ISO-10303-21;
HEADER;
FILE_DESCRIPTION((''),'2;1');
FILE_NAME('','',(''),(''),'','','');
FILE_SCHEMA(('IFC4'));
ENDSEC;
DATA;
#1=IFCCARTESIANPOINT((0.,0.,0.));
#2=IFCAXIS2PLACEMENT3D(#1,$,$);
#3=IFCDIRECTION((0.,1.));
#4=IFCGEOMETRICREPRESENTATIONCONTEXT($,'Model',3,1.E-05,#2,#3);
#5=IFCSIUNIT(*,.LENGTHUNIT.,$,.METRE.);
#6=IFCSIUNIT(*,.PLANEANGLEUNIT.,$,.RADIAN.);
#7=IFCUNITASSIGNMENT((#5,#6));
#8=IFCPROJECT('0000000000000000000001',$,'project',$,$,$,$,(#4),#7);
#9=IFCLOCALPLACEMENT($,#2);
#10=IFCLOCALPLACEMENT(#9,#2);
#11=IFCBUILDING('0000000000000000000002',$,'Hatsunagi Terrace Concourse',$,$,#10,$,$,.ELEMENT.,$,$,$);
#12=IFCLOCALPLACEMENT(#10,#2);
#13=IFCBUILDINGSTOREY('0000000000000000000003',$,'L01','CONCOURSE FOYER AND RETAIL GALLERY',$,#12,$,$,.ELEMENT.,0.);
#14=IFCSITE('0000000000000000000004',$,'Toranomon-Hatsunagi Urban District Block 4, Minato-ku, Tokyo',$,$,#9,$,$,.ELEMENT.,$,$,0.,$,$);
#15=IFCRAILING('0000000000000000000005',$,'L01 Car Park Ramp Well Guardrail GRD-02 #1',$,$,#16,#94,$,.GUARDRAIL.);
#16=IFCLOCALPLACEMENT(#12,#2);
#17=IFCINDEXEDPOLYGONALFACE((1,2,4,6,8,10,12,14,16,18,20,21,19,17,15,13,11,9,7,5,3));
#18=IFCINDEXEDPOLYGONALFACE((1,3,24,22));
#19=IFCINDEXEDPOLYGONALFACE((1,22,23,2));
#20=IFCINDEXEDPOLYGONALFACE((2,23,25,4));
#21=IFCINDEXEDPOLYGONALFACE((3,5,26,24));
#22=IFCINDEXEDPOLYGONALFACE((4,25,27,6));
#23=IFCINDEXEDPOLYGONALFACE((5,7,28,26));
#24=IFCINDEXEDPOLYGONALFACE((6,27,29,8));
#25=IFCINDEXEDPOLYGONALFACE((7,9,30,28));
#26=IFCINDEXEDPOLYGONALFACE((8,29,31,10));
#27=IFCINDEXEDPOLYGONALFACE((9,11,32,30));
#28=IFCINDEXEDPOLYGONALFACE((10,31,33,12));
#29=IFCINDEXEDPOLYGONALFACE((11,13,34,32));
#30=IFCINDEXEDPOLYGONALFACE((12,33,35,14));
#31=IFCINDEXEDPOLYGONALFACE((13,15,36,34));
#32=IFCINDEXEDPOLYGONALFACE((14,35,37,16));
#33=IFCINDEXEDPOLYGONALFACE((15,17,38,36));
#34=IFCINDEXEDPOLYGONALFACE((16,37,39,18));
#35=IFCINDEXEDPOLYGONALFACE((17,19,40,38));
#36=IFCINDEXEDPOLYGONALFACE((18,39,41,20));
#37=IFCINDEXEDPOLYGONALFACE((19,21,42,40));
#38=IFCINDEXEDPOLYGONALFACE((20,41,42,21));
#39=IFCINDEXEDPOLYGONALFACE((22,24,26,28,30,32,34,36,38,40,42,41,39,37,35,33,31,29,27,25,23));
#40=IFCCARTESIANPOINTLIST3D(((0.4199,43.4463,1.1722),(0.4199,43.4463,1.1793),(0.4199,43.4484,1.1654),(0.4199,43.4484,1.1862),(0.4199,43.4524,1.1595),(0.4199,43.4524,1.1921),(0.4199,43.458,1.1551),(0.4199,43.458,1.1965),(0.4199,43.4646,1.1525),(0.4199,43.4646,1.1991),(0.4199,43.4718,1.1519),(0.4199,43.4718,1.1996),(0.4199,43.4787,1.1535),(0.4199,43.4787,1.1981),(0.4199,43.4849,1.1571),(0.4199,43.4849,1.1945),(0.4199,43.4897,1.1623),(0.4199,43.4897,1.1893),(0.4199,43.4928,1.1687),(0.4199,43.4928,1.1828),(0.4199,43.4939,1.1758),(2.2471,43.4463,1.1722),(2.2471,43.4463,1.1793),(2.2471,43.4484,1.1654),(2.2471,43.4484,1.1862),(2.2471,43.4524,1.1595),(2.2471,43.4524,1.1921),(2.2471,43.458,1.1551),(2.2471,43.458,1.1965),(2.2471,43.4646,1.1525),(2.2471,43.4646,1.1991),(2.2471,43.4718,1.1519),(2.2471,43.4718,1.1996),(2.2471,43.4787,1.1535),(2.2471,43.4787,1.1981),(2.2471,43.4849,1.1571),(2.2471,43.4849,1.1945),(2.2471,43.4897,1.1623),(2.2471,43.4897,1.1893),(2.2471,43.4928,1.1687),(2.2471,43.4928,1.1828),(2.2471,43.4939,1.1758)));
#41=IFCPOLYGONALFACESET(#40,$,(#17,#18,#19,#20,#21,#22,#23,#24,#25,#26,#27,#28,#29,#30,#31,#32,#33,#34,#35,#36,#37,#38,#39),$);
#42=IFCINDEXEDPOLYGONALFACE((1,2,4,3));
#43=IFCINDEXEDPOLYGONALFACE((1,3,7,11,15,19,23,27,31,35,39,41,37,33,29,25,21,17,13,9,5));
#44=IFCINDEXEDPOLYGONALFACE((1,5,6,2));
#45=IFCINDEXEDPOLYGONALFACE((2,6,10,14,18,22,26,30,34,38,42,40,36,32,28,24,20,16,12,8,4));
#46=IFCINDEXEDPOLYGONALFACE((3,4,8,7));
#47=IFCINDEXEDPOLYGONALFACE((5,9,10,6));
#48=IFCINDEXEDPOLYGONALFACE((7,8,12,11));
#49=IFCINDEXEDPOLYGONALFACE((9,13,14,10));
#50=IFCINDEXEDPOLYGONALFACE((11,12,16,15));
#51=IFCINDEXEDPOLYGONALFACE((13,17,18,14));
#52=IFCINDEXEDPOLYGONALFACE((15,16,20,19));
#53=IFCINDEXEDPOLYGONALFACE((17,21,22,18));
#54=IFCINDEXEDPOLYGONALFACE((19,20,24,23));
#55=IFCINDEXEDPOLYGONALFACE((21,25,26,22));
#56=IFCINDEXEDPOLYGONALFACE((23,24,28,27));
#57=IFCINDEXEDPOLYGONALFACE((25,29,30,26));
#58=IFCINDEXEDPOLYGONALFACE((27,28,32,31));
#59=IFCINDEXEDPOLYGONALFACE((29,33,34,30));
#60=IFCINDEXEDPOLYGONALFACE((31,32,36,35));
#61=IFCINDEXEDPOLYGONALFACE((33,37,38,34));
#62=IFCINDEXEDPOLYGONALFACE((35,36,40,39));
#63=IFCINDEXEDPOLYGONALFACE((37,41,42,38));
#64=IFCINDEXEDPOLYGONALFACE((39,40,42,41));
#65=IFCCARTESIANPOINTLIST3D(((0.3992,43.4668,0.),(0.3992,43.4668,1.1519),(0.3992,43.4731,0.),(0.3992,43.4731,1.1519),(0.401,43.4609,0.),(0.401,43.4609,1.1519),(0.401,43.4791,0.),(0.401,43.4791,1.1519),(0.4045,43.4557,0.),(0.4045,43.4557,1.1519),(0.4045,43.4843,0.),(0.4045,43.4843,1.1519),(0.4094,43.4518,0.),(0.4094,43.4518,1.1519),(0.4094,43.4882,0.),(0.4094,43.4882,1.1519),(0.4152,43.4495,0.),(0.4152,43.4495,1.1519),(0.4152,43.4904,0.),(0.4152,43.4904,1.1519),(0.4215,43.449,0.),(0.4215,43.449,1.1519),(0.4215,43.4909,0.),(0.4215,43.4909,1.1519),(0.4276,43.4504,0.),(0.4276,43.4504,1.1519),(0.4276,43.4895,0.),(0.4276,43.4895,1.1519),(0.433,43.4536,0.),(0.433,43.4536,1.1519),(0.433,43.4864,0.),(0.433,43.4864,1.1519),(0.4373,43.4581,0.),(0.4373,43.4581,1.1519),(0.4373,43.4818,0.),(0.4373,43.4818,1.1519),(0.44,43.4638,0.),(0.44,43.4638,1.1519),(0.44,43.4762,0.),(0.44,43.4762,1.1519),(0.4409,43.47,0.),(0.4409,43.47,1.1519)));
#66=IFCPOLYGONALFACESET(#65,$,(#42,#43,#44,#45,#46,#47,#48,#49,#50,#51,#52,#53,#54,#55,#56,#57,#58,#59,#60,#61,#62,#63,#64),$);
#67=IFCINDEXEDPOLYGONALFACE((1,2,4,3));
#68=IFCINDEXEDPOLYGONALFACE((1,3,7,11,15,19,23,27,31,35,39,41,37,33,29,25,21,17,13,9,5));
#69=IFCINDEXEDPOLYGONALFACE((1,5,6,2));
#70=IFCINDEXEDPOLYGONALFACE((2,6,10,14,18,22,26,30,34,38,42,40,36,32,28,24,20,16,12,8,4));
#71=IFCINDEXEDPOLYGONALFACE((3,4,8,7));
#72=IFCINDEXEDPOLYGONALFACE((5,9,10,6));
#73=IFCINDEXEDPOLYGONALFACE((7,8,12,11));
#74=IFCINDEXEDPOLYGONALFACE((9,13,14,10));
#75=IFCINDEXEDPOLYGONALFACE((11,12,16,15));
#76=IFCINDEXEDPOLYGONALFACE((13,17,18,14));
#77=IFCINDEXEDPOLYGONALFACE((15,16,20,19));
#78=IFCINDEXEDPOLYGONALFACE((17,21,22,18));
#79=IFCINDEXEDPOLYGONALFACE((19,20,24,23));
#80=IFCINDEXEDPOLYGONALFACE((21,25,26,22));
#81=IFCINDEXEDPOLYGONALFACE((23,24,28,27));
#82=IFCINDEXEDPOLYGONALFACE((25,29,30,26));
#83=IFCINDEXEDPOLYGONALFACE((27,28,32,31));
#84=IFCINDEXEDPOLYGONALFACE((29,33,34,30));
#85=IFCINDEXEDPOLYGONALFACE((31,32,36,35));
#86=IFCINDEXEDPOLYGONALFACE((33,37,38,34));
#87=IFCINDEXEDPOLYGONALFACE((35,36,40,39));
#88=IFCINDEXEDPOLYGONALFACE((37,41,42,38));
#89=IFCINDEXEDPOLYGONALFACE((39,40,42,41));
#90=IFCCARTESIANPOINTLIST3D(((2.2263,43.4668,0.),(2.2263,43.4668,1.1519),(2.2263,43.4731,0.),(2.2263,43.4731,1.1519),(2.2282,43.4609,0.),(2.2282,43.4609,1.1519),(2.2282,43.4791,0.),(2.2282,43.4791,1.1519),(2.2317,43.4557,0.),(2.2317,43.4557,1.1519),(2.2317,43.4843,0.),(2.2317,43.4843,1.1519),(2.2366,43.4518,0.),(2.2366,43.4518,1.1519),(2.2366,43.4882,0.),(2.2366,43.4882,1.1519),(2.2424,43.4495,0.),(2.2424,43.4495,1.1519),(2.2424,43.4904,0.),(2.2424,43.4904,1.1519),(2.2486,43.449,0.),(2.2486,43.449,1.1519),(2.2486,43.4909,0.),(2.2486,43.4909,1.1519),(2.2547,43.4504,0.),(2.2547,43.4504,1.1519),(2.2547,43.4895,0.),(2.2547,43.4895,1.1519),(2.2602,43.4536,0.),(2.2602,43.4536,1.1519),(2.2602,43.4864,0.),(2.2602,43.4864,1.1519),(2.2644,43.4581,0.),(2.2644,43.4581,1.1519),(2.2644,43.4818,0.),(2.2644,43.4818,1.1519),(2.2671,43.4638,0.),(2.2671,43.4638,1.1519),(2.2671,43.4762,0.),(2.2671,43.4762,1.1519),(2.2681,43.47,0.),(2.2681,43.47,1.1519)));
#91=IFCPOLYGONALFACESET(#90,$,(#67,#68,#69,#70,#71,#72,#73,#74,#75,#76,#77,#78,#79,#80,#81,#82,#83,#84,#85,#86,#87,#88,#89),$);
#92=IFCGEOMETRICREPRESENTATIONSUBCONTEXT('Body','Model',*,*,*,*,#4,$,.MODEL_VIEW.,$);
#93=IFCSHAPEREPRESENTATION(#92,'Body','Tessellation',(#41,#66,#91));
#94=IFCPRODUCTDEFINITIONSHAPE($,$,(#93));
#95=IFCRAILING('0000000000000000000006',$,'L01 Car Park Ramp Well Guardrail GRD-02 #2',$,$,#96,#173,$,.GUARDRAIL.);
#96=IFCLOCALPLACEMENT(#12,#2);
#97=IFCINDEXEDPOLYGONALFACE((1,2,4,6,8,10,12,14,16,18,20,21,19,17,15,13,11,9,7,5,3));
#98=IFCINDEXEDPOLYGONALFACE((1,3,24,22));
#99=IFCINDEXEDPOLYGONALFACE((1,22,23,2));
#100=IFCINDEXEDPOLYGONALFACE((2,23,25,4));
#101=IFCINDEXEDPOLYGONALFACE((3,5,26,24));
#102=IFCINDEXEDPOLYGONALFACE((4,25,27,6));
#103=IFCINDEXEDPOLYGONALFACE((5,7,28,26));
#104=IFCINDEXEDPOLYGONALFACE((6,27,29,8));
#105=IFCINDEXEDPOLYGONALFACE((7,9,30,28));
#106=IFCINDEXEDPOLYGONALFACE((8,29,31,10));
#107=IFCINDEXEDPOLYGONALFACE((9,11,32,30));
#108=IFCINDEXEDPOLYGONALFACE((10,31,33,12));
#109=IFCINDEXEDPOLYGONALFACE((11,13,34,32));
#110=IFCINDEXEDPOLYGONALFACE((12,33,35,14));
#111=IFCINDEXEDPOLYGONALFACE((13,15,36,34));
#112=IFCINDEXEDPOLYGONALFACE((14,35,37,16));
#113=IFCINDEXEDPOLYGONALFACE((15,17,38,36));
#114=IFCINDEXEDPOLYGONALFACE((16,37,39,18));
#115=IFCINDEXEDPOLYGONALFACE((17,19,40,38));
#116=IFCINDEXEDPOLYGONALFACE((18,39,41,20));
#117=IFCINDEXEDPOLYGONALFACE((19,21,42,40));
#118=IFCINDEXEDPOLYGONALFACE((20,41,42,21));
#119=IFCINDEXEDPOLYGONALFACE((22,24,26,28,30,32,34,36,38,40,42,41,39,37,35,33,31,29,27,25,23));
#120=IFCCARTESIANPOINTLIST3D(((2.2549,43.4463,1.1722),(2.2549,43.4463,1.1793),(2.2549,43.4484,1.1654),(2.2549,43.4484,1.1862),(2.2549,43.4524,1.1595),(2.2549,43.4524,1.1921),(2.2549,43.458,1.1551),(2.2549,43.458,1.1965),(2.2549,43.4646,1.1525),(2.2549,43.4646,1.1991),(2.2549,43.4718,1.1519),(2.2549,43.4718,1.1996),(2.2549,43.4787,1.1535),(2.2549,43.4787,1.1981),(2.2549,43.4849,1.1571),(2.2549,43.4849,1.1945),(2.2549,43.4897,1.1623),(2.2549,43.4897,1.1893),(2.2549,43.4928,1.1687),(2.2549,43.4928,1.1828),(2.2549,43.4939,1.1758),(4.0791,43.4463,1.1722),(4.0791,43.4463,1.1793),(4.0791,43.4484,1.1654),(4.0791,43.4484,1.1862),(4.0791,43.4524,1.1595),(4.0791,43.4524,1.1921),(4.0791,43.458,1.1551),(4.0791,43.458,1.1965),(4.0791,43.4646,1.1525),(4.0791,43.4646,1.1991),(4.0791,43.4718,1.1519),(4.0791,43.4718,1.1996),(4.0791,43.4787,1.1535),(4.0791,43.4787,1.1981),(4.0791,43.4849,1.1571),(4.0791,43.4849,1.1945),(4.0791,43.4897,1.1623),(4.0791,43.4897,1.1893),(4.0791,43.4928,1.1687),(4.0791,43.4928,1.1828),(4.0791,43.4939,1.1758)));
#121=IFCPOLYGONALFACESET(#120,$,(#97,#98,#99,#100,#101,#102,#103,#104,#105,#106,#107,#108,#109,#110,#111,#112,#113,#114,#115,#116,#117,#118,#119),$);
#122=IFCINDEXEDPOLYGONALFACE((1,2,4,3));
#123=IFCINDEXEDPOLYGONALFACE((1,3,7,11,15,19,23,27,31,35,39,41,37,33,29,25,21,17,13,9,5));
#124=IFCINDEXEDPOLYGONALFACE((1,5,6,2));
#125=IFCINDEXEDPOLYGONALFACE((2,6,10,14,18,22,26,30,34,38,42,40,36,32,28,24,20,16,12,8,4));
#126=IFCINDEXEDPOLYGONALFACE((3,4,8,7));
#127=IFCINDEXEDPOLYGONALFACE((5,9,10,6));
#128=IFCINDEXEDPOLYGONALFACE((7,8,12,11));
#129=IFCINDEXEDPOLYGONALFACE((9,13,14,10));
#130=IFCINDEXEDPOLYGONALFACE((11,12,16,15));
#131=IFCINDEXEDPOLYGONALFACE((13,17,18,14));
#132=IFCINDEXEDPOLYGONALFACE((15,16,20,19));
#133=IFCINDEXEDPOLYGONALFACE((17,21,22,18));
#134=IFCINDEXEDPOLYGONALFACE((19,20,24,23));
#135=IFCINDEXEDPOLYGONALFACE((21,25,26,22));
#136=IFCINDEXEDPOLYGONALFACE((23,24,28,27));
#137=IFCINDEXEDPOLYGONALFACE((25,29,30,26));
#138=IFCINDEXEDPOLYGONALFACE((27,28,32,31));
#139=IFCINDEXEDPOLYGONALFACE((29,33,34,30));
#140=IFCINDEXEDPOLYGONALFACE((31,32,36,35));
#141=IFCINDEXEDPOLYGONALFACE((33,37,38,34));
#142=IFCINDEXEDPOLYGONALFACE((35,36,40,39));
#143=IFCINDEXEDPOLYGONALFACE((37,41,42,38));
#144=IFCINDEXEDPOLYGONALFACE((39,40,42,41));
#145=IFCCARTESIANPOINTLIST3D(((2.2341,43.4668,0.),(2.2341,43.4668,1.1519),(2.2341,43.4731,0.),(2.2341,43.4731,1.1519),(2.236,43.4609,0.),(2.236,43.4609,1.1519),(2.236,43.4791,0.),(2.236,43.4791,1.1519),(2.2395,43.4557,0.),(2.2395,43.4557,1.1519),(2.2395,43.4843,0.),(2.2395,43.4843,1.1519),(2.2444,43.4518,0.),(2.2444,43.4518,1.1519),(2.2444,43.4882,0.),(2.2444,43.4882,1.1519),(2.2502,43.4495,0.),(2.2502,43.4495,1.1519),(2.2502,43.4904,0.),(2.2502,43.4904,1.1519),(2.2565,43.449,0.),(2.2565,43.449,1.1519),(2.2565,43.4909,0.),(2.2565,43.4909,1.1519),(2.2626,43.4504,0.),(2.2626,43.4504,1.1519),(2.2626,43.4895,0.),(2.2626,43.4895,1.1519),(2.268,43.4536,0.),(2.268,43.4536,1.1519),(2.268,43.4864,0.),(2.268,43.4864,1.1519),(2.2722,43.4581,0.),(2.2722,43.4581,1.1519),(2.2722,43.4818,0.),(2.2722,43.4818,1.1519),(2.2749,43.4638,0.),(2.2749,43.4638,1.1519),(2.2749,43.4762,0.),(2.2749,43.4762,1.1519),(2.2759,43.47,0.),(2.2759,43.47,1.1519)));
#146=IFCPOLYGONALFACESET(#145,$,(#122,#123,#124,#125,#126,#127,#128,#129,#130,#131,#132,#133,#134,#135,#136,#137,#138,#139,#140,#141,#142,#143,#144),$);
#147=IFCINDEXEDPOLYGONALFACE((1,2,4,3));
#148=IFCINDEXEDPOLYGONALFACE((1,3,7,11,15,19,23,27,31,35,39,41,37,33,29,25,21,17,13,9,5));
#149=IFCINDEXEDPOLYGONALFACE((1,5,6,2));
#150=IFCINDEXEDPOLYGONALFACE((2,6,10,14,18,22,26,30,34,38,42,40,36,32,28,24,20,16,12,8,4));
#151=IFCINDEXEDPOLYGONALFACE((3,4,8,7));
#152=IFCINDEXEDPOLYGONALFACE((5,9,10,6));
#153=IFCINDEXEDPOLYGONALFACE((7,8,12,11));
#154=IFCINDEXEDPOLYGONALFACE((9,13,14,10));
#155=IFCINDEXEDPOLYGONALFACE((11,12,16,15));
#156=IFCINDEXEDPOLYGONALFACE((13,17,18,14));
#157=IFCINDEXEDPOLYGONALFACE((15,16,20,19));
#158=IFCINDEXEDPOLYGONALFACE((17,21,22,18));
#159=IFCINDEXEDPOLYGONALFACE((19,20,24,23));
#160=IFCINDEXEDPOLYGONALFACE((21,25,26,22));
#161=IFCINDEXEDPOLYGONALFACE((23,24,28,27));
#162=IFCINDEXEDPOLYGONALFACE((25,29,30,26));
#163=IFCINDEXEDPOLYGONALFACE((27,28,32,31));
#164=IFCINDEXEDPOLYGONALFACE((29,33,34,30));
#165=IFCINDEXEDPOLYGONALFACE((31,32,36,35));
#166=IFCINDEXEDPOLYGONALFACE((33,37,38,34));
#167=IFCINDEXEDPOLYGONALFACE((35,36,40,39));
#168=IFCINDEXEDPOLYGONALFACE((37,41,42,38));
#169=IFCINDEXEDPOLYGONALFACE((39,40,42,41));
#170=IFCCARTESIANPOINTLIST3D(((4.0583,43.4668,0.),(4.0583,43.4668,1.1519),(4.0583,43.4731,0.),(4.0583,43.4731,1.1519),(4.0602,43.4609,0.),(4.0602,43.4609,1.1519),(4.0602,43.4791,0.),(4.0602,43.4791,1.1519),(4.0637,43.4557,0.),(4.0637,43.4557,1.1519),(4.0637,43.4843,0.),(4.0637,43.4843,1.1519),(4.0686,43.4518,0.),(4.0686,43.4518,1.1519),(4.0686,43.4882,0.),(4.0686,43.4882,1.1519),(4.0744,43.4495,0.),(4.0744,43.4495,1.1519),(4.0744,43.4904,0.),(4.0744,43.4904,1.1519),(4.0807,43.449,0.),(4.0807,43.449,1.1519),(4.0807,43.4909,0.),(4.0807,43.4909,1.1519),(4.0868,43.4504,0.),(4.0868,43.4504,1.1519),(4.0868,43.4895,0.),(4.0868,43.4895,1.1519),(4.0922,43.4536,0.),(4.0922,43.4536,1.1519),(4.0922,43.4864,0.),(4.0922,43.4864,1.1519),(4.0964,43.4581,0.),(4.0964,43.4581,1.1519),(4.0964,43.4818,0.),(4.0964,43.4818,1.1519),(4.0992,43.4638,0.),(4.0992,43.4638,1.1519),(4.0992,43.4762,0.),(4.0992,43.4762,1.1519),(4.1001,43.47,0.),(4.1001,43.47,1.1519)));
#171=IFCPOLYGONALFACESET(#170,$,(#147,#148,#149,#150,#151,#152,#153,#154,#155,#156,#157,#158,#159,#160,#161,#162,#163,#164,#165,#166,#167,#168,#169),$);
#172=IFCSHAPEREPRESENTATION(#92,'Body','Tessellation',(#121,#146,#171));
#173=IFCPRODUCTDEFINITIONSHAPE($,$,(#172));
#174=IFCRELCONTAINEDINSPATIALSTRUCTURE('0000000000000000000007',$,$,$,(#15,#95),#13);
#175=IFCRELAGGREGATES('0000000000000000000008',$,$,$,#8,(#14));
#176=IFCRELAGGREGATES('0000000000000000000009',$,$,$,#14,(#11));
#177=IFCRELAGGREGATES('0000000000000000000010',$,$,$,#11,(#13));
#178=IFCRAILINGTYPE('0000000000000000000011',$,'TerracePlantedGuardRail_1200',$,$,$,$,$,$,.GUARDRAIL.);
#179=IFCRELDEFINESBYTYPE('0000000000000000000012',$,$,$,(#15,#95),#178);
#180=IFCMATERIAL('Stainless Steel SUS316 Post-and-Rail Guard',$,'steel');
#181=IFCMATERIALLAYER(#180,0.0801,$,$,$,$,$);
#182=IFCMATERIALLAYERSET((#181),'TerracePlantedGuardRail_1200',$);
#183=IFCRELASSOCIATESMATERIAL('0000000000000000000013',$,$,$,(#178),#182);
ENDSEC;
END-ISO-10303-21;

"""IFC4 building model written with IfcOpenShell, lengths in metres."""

from ifc_helpers import new_model, si_unit, direction, frame, origin, origin_2d, place, context, subcontext, project, spatial, circle, extrude, material, layer, layer_set, type_object, element, save


model = new_model("IFC4")

# Units and contexts
model_context = context("Model", 3, precision=1e-05, world=origin(), true_north=direction((0.0, 1.0)))
body_context = subcontext(model_context, "Body", "Model", "MODEL_VIEW")
ifc_project = project(units=[si_unit("LENGTHUNIT", "METRE"), si_unit("PLANEANGLEUNIT", "RADIAN")], contexts=[model_context])

# Site, building, storey
site_placement = place(None, origin())
site = spatial("IfcSite", under=ifc_project, at=site_placement, Name="Toranomon-Hatsunagi Urban District Block 4, Minato-ku, Tokyo", CompositionType="ELEMENT", RefElevation=0.0)
building_placement = place(site_placement, origin())
building = spatial("IfcBuilding", under=site, at=building_placement, Name="Hatsunagi Terrace Concourse", CompositionType="ELEMENT")
storey_placement = place(building_placement, origin())
storey = spatial("IfcBuildingStorey", under=building, at=storey_placement, Name="L01", Description="CONCOURSE FOYER AND RETAIL GALLERY", CompositionType="ELEMENT", Elevation=0.0)

# Railings
ifc_material_1 = material(Name="Stainless Steel SUS316 Post-and-Rail Guard", Category="steel")
ifc_layer_1 = layer(ifc_material_1, 0.0801)
ifc_layer_set_1 = layer_set([ifc_layer_1], Name="TerracePlantedGuardRail_1200")
railing_type_1 = type_object("IfcRailingType", Name="TerracePlantedGuardRail_1200", PredefinedType="GUARDRAIL", material=ifc_layer_set_1)
railing_1_placement = place(storey_placement, frame((0.4199, 43.47, 0.0)))
element("IfcRailing", 1, at=railing_1_placement, inside=storey, type_object=railing_type_1, Name="L01 Car Park Ramp Well Guardrail GRD-02 #1", PredefinedType="GUARDRAIL", context=body_context, shape_type="SweptSolid", body=[
    extrude(circle(Radius=0.0239, at=origin_2d()), frame((0.0, 0.0, 1.1758), z_axis=(1.0, 0.0, 0.0), x_axis=(0.0, 1.0, 0.0)), (0.0, 0.0, 1.0), 1.8271),
    extrude(circle(Radius=0.021, at=origin_2d()), origin(), (0.0, 0.0, 1.0), 1.1519),
    extrude(circle(Radius=0.021, at=origin_2d()), frame((1.8271, 0.0, 0.0)), (0.0, 0.0, 1.0), 1.1519),
])
railing_2_placement = place(storey_placement, frame((2.2549, 43.47, 0.0)))
element("IfcRailing", 2, at=railing_2_placement, inside=storey, type_object=railing_type_1, Name="L01 Car Park Ramp Well Guardrail GRD-02 #2", PredefinedType="GUARDRAIL", context=body_context, shape_type="SweptSolid", body=[
    extrude(circle(Radius=0.0239, at=origin_2d()), frame((0.0, 0.0, 1.1758), z_axis=(1.0, 0.0, 0.0), x_axis=(0.0, 1.0, 0.0)), (0.0, 0.0, 1.0), 1.8242),
    extrude(circle(Radius=0.021, at=origin_2d()), origin(), (0.0, 0.0, 1.0), 1.1519),
    extrude(circle(Radius=0.021, at=origin_2d()), frame((1.8242, 0.0, 0.0)), (0.0, 0.0, 1.0), 1.1519),
])

save(model, "model.ifc")
